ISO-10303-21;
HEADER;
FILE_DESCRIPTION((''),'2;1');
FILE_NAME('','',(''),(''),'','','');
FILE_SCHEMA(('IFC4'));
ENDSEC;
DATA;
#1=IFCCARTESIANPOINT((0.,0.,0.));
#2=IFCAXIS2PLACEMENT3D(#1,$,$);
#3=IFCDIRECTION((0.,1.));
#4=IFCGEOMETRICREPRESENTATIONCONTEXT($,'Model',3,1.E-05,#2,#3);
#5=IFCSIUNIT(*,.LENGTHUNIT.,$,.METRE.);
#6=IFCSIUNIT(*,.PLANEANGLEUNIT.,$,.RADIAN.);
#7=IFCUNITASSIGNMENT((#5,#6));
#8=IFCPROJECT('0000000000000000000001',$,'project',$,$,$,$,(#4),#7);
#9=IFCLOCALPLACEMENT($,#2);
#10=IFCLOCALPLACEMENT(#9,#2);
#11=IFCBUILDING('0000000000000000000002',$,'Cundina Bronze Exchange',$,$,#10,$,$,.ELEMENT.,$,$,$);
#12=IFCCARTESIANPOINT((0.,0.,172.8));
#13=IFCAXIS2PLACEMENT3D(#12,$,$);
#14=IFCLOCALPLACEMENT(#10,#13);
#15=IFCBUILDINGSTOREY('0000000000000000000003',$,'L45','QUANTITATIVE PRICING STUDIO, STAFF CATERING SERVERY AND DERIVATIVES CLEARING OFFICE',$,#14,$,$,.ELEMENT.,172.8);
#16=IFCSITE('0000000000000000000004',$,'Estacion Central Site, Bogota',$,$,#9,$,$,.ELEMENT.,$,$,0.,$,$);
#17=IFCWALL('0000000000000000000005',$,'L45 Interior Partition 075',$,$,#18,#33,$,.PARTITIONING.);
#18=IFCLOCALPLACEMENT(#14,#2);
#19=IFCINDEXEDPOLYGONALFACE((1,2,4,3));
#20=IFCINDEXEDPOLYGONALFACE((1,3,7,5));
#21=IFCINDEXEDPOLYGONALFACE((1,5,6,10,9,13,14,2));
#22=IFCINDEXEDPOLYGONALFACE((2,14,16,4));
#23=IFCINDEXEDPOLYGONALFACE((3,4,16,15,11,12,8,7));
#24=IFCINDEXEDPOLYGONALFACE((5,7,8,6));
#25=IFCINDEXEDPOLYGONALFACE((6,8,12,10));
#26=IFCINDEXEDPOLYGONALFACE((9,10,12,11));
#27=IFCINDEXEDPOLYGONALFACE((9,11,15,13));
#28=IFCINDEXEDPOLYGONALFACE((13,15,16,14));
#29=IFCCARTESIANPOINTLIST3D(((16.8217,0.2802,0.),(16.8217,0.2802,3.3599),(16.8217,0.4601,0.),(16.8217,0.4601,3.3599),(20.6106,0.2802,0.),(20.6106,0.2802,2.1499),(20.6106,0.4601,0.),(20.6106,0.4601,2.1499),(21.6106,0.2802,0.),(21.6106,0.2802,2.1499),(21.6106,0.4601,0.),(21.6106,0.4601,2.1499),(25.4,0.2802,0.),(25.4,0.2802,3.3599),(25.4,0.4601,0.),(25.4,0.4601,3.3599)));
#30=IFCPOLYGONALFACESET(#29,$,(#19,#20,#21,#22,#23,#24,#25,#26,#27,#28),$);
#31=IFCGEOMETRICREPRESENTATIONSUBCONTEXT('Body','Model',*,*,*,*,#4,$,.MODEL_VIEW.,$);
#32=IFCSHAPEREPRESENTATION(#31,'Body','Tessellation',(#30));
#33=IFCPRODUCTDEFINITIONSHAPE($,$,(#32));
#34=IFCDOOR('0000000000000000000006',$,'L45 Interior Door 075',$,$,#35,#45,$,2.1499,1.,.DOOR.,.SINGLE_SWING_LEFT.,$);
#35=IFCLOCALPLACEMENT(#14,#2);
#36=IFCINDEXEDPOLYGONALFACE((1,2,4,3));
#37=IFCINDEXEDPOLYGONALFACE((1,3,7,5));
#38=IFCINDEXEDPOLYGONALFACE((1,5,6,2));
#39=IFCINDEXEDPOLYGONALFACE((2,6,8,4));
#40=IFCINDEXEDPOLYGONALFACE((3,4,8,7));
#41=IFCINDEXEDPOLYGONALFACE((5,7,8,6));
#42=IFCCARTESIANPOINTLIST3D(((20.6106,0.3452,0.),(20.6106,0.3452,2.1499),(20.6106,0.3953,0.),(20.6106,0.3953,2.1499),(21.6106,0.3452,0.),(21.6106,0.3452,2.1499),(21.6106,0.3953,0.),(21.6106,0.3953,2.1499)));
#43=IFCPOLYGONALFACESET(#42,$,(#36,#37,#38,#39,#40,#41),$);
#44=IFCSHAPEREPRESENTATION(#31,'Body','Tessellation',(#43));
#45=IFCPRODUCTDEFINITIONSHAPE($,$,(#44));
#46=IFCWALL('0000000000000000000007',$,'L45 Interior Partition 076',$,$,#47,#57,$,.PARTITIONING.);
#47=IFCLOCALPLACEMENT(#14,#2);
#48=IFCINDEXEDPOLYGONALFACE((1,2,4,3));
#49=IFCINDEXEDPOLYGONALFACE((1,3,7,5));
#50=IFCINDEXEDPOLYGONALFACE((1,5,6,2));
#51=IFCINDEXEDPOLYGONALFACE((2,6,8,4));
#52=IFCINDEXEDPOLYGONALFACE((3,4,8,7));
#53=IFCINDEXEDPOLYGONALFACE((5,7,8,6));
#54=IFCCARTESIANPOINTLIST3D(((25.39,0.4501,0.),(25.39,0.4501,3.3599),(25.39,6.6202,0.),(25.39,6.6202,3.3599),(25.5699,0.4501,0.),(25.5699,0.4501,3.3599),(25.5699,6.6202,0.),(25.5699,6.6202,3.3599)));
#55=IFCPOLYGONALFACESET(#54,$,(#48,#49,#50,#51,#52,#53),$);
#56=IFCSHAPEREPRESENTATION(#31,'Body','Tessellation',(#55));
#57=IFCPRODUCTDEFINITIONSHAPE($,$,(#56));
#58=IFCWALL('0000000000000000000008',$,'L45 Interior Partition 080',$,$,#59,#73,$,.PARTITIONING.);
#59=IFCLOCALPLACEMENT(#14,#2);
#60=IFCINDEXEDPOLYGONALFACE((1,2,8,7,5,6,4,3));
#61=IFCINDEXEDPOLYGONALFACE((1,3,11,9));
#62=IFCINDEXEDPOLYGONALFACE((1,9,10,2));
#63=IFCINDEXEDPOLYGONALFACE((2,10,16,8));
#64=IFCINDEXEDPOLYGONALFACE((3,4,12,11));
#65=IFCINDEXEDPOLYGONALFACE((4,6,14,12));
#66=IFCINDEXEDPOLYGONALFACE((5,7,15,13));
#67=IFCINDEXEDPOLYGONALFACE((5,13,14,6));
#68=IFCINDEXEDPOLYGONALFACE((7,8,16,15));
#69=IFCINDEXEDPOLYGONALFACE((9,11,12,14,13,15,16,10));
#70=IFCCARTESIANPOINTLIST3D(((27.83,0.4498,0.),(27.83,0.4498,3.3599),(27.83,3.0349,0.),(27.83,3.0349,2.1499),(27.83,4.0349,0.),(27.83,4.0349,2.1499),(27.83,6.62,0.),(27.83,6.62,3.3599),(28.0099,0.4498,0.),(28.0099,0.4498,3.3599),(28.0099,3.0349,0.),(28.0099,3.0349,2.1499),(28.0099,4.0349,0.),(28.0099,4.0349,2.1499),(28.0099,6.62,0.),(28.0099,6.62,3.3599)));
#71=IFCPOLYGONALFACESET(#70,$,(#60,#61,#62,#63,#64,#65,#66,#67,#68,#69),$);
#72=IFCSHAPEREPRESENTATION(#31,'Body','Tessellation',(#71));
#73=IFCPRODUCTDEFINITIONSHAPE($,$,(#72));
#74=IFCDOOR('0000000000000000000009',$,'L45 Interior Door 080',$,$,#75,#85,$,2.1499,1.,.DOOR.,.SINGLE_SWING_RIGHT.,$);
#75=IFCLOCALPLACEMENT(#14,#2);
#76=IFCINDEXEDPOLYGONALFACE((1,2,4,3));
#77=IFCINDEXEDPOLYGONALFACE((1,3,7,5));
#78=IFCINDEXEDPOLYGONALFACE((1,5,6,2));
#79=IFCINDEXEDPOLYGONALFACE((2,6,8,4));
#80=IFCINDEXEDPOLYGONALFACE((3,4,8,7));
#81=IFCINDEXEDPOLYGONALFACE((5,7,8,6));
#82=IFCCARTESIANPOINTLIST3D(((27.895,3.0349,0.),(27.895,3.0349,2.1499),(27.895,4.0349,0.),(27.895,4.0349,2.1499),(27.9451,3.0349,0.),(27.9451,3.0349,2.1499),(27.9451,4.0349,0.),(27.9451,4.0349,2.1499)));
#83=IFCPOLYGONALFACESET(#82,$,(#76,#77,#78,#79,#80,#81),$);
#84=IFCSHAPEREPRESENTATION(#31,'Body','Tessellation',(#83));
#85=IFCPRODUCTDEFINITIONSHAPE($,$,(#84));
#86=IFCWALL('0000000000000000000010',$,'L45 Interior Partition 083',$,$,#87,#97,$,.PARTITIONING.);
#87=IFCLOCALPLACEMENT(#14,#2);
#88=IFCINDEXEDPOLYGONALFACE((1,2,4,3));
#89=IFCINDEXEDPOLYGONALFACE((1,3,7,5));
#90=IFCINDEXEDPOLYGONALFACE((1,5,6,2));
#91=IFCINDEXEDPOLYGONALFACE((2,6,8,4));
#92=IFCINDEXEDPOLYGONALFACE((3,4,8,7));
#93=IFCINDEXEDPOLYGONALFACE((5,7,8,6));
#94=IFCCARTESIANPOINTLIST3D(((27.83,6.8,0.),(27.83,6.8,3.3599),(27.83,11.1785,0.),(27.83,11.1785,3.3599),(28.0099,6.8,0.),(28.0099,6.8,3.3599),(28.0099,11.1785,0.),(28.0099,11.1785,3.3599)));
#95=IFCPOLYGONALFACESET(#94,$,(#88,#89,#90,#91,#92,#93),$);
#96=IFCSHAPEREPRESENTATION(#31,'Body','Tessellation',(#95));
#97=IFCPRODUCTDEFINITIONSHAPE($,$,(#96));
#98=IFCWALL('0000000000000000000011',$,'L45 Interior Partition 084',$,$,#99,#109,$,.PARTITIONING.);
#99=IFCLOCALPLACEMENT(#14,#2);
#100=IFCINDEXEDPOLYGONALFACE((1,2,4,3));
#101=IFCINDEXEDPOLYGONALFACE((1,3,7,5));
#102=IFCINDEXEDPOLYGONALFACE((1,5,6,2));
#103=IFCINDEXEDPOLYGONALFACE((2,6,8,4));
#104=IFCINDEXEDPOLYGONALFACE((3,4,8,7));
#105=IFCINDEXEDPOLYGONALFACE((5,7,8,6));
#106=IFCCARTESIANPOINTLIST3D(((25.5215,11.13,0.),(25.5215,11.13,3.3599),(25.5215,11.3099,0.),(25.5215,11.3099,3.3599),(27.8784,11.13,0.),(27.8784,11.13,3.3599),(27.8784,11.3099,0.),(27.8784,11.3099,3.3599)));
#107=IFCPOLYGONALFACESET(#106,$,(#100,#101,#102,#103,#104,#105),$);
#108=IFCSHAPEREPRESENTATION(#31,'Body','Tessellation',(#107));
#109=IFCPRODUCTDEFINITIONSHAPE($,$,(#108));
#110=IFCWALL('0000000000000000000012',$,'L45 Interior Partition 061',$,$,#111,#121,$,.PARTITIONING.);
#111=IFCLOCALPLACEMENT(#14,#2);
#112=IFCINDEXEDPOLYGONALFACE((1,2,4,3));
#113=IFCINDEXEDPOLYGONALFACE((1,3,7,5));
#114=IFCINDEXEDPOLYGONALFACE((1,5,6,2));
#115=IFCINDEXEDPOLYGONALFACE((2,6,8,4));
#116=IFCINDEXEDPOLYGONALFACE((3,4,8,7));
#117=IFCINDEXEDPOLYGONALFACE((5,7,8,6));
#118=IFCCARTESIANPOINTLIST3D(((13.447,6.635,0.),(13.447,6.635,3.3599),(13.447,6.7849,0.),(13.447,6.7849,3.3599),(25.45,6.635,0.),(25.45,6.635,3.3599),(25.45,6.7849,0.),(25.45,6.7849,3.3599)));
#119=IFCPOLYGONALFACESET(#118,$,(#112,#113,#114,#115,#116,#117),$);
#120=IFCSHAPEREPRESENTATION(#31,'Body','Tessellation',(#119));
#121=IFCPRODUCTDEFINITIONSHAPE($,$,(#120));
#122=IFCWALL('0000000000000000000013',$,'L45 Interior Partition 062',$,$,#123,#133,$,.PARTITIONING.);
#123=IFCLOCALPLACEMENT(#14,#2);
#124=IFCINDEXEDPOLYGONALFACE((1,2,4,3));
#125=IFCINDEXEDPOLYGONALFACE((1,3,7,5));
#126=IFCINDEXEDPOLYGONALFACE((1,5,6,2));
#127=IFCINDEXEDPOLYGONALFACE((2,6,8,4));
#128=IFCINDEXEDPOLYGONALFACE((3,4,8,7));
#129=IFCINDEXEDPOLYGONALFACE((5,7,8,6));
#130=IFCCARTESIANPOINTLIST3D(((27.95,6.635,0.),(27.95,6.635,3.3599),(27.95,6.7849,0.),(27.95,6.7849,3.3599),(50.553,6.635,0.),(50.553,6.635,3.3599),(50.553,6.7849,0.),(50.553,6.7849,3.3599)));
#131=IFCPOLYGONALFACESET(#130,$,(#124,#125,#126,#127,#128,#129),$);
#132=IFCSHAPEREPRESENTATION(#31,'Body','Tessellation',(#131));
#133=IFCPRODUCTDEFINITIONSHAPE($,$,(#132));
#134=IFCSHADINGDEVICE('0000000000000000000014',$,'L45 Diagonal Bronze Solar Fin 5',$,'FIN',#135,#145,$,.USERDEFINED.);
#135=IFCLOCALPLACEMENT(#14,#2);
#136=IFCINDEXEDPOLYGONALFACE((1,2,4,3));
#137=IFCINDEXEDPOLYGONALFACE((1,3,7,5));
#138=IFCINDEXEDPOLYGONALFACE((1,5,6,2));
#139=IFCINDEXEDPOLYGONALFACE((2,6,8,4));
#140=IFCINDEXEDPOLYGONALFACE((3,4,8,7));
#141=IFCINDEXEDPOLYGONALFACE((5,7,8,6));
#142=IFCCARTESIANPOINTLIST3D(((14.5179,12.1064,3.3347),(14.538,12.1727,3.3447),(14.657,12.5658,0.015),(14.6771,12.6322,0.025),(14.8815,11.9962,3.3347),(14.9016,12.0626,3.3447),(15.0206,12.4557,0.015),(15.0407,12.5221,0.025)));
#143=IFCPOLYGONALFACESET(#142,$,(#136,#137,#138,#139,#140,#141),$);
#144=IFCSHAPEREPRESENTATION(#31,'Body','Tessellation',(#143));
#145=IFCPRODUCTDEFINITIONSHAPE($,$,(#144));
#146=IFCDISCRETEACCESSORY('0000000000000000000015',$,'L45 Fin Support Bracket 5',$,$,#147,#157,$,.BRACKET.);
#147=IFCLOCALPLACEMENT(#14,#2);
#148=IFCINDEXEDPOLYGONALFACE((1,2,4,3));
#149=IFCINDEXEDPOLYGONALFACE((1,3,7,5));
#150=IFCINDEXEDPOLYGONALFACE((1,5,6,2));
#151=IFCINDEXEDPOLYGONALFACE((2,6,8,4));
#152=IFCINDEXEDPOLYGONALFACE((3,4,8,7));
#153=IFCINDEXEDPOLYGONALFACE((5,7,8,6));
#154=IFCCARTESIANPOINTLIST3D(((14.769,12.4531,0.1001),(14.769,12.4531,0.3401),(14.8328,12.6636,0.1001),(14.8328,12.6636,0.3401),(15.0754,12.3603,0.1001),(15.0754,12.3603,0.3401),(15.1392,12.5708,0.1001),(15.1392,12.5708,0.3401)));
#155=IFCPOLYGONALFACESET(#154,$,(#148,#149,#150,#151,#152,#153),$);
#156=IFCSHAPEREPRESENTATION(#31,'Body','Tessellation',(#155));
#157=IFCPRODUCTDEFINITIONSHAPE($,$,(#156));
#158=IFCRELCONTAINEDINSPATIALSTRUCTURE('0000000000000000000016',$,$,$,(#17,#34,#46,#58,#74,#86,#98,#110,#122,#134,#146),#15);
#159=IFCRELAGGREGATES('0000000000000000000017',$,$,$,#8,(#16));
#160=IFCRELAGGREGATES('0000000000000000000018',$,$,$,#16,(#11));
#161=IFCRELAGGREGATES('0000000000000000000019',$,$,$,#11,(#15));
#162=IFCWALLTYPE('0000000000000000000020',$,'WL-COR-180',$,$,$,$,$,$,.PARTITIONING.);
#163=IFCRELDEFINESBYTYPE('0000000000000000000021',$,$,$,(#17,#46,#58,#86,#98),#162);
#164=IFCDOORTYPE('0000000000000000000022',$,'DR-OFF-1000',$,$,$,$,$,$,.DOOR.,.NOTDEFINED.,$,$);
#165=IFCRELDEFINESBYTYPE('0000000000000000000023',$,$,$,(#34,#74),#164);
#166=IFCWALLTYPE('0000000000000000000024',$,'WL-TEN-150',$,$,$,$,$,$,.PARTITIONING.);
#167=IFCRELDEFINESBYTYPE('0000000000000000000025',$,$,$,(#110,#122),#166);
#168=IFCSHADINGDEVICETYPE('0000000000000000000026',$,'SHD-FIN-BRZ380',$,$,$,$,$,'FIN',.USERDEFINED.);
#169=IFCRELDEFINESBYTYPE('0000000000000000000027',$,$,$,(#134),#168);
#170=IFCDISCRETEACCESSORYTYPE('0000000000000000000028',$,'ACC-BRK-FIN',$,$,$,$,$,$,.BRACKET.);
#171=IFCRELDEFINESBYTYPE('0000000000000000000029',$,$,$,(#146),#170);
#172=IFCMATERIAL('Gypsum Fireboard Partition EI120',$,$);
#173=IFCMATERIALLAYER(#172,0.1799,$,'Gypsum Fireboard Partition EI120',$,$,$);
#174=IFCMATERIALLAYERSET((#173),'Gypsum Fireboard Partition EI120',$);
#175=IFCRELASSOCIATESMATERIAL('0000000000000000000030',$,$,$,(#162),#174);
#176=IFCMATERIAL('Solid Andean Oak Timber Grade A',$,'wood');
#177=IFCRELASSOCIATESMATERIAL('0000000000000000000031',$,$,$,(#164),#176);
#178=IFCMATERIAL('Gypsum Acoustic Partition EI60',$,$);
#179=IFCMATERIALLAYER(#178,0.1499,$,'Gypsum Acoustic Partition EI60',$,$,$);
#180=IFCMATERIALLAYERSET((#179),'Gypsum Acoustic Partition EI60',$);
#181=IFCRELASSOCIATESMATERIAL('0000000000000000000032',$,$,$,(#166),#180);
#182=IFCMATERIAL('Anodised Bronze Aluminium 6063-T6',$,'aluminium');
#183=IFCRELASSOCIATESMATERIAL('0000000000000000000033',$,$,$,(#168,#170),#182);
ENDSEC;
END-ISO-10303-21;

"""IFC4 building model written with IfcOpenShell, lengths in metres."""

from ifc_helpers import new_model, si_unit, direction, frame, frame_2d, origin, origin_2d, place, context, subcontext, project, spatial, rectangle, extrude, material, layer, layer_set, material_profile, profile_set, type_object, element, fill, save


model = new_model("IFC4")

# Units and contexts
model_context = context("Model", 3, precision=1e-05, world=origin(), true_north=direction((0.0, 1.0)))
body_context = subcontext(model_context, "Body", "Model", "MODEL_VIEW")
ifc_project = project(units=[si_unit("LENGTHUNIT", "METRE"), si_unit("PLANEANGLEUNIT", "RADIAN")], contexts=[model_context])

# Site, building, storey
site_placement = place(None, origin())
site = spatial("IfcSite", under=ifc_project, at=site_placement, Name="Estacion Central Site, Bogota", CompositionType="ELEMENT", RefElevation=0.0)
building_placement = place(site_placement, origin())
building = spatial("IfcBuilding", under=site, at=building_placement, Name="Cundina Bronze Exchange", CompositionType="ELEMENT")
storey_placement = place(building_placement, frame((0.0, 0.0, 172.8)))
storey = spatial("IfcBuildingStorey", under=building, at=storey_placement, Name="L45", Description="QUANTITATIVE PRICING STUDIO, STAFF CATERING SERVERY AND DERIVATIVES CLEARING OFFICE", CompositionType="ELEMENT", Elevation=172.8)

# Shared definitions
ifc_material_1 = material(Name="Anodised Bronze Aluminium 6063-T6", Category="aluminium")

# Wall, opening, door
ifc_material_2 = material(Name="Gypsum Fireboard Partition EI120")
ifc_layer_1 = layer(ifc_material_2, 0.1799, Name="Gypsum Fireboard Partition EI120")
ifc_layer_set_1 = layer_set([ifc_layer_1], Name="Gypsum Fireboard Partition EI120")
wall_type_1 = type_object("IfcWallType", Name="WL-COR-180", PredefinedType="PARTITIONING", material=ifc_layer_set_1)
wall_1_placement = place(storey_placement, frame((25.3999, 0.3701, 0.0), z_axis=(0.0, 0.0, 1.0), x_axis=(-1.0, 0.0, 0.0)))
wall_1 = element("IfcWall", 1, at=wall_1_placement, inside=storey, type_object=wall_type_1, Name="L45 Interior Partition 075", PredefinedType="PARTITIONING", context=body_context, shape_type="SweptSolid", body=[
    extrude(rectangle(XDim=8.5784, YDim=0.1799, at=frame_2d((4.2891, 0.0))), origin(), (0.0, 0.0, 1.0), 3.3599),
])
opening_1_placement = place(wall_1_placement, frame((3.7893, 0.0, 0.0)))
opening_1 = element("IfcOpeningElement", 2, at=opening_1_placement, cuts=wall_1, PredefinedType="OPENING", context=body_context, shape_type="SweptSolid", body=[
    extrude(rectangle(XDim=1.0, YDim=2.1499, at=frame_2d((0.5, 1.075))), frame((0.0, 0.0999, 0.0), z_axis=(0.0, -1.0, 0.0), x_axis=(1.0, 0.0, 0.0)), (0.0, 0.0, 1.0), 0.2),
])
ifc_material_3 = material(Name="Solid Andean Oak Timber Grade A", Category="wood")
door_type = type_object("IfcDoorType", Name="DR-OFF-1000", OperationType="NOTDEFINED", PredefinedType="DOOR", material=ifc_material_3)
door_1_placement = place(opening_1_placement, origin())
door_1 = element("IfcDoor", 3, at=door_1_placement, inside=storey, type_object=door_type, Name="L45 Interior Door 075", OperationType="SINGLE_SWING_LEFT", OverallHeight=2.1499, OverallWidth=1.0, PredefinedType="DOOR", context=body_context, shape_type="SweptSolid", body=[
    extrude(rectangle(XDim=1.0, YDim=2.1499, at=frame_2d((0.5, 1.075))), frame((0.0, 0.0249, 0.0), z_axis=(0.0, -1.0, 0.0), x_axis=(1.0, 0.0, 0.0)), (0.0, 0.0, 1.0), 0.05),
])
fill(opening_1, door_1)

# Wall
wall_2_placement = place(storey_placement, frame((25.48, 6.6201, 0.0), z_axis=(0.0, 0.0, 1.0), x_axis=(0.0, -1.0, 0.0)))
element("IfcWall", 4, at=wall_2_placement, inside=storey, type_object=wall_type_1, Name="L45 Interior Partition 076", PredefinedType="PARTITIONING", context=body_context, shape_type="SweptSolid", body=[
    extrude(rectangle(XDim=6.1702, YDim=0.1799, at=frame_2d((3.085, 0.0))), origin(), (0.0, 0.0, 1.0), 3.3599),
])

# Wall, opening, door
wall_3_placement = place(storey_placement, frame((27.9199, 0.45, 0.0), z_axis=(0.0, 0.0, 1.0), x_axis=(0.0, 1.0, 0.0)))
wall_3 = element("IfcWall", 5, at=wall_3_placement, inside=storey, type_object=wall_type_1, Name="L45 Interior Partition 080", PredefinedType="PARTITIONING", context=body_context, shape_type="SweptSolid", body=[
    extrude(rectangle(XDim=6.1702, YDim=0.1799, at=frame_2d((3.085, 0.0))), origin(), (0.0, 0.0, 1.0), 3.3599),
])
opening_2_placement = place(wall_3_placement, frame((2.585, 0.0, 0.0)))
opening_2 = element("IfcOpeningElement", 6, at=opening_2_placement, cuts=wall_3, PredefinedType="OPENING", context=body_context, shape_type="SweptSolid", body=[
    extrude(rectangle(XDim=1.0, YDim=2.1499, at=frame_2d((0.5, 1.075))), frame((0.0, 0.0999, 0.0), z_axis=(0.0, -1.0, 0.0), x_axis=(1.0, 0.0, 0.0)), (0.0, 0.0, 1.0), 0.2),
])
door_2_placement = place(opening_2_placement, origin())
door_2 = element("IfcDoor", 7, at=door_2_placement, inside=storey, type_object=door_type, Name="L45 Interior Door 080", OperationType="SINGLE_SWING_RIGHT", OverallHeight=2.1499, OverallWidth=1.0, PredefinedType="DOOR", context=body_context, shape_type="SweptSolid", body=[
    extrude(rectangle(XDim=1.0, YDim=2.1499, at=frame_2d((0.5, 1.075))), frame((0.0, 0.0249, 0.0), z_axis=(0.0, -1.0, 0.0), x_axis=(1.0, 0.0, 0.0)), (0.0, 0.0, 1.0), 0.05),
])
fill(opening_2, door_2)

# Walls
wall_4_placement = place(storey_placement, frame((27.9199, 6.8, 0.0), z_axis=(0.0, 0.0, 1.0), x_axis=(0.0, 1.0, 0.0)))
element("IfcWall", 8, at=wall_4_placement, inside=storey, type_object=wall_type_1, Name="L45 Interior Partition 083", PredefinedType="PARTITIONING", context=body_context, shape_type="SweptSolid", body=[
    extrude(rectangle(XDim=4.3784, YDim=0.1799, at=frame_2d((2.1892, 0.0))), origin(), (0.0, 0.0, 1.0), 3.3599),
])
wall_5_placement = place(storey_placement, frame((27.8784, 11.22, 0.0), z_axis=(0.0, 0.0, 1.0), x_axis=(-1.0, 0.0, 0.0)))
element("IfcWall", 9, at=wall_5_placement, inside=storey, type_object=wall_type_1, Name="L45 Interior Partition 084", PredefinedType="PARTITIONING", context=body_context, shape_type="SweptSolid", body=[
    extrude(rectangle(XDim=2.3569, YDim=0.1799, at=frame_2d((1.1785, 0.0))), origin(), (0.0, 0.0, 1.0), 3.3599),
])
ifc_material_4 = material(Name="Gypsum Acoustic Partition EI60")
ifc_layer_2 = layer(ifc_material_4, 0.1499, Name="Gypsum Acoustic Partition EI60")
ifc_layer_set_2 = layer_set([ifc_layer_2], Name="Gypsum Acoustic Partition EI60")
wall_type_2 = type_object("IfcWallType", Name="WL-TEN-150", PredefinedType="PARTITIONING", material=ifc_layer_set_2)
wall_6_placement = place(storey_placement, frame((13.447, 6.71, 0.0), z_axis=(0.0, 0.0, 1.0), x_axis=(1.0, 0.0, 0.0)))
element("IfcWall", 10, at=wall_6_placement, inside=storey, type_object=wall_type_2, Name="L45 Interior Partition 061", PredefinedType="PARTITIONING", context=body_context, shape_type="SweptSolid", body=[
    extrude(rectangle(XDim=12.0029, YDim=0.1499, at=frame_2d((6.0015, 0.0))), origin(), (0.0, 0.0, 1.0), 3.3599),
])
wall_7_placement = place(storey_placement, frame((27.95, 6.71, 0.0), z_axis=(0.0, 0.0, 1.0), x_axis=(1.0, 0.0, 0.0)))
element("IfcWall", 11, at=wall_7_placement, inside=storey, type_object=wall_type_2, Name="L45 Interior Partition 062", PredefinedType="PARTITIONING", context=body_context, shape_type="SweptSolid", body=[
    extrude(rectangle(XDim=22.603, YDim=0.1499, at=frame_2d((11.3015, 0.0))), origin(), (0.0, 0.0, 1.0), 3.3599),
])

# Shading device
ifc_material_profile_1 = material_profile(ifc_material_1, rectangle(XDim=0.0701, YDim=0.3799, at=origin_2d()), Name="FIN70X380", Category="aluminium")
ifc_profile_set_1 = profile_set([ifc_material_profile_1], Name="Anodised Bronze Aluminium 6063-T6")
shading_device_type = type_object("IfcShadingDeviceType", Name="SHD-FIN-BRZ380", ElementType="FIN", PredefinedType="USERDEFINED", material=ifc_profile_set_1)
shading_device_placement = place(storey_placement, frame((14.8489, 12.5439, 0.02), z_axis=(-0.041486, -0.136978, 0.989705), x_axis=(0.286882, 0.947214, 0.143123)))
element("IfcShadingDevice", 12, at=shading_device_placement, inside=storey, type_object=shading_device_type, Name="L45 Diagonal Bronze Solar Fin 5", ObjectType="FIN", PredefinedType="USERDEFINED", context=body_context, shape_type="SweptSolid", body=[
    extrude(rectangle(XDim=0.0701, YDim=0.3799, at=origin_2d()), origin(), (0.0, 0.0, 1.0), 3.3542),
])

# Discrete accessory
discrete_accessory_type = type_object("IfcDiscreteAccessoryType", Name="ACC-BRK-FIN", PredefinedType="BRACKET", material=ifc_material_1)
discrete_accessory_placement = place(storey_placement, frame((14.9541, 12.512, 0.1001), z_axis=(0.0, 0.0, 1.0), x_axis=(-0.290051, -0.957011, 0.0)))
element("IfcDiscreteAccessory", 13, at=discrete_accessory_placement, inside=storey, type_object=discrete_accessory_type, Name="L45 Fin Support Bracket 5", PredefinedType="BRACKET", context=body_context, shape_type="SweptSolid", body=[
    extrude(rectangle(XDim=0.22, YDim=0.3201, at=origin_2d()), origin(), (0.0, 0.0, 1.0), 0.24),
])

save(model, "model.ifc")
